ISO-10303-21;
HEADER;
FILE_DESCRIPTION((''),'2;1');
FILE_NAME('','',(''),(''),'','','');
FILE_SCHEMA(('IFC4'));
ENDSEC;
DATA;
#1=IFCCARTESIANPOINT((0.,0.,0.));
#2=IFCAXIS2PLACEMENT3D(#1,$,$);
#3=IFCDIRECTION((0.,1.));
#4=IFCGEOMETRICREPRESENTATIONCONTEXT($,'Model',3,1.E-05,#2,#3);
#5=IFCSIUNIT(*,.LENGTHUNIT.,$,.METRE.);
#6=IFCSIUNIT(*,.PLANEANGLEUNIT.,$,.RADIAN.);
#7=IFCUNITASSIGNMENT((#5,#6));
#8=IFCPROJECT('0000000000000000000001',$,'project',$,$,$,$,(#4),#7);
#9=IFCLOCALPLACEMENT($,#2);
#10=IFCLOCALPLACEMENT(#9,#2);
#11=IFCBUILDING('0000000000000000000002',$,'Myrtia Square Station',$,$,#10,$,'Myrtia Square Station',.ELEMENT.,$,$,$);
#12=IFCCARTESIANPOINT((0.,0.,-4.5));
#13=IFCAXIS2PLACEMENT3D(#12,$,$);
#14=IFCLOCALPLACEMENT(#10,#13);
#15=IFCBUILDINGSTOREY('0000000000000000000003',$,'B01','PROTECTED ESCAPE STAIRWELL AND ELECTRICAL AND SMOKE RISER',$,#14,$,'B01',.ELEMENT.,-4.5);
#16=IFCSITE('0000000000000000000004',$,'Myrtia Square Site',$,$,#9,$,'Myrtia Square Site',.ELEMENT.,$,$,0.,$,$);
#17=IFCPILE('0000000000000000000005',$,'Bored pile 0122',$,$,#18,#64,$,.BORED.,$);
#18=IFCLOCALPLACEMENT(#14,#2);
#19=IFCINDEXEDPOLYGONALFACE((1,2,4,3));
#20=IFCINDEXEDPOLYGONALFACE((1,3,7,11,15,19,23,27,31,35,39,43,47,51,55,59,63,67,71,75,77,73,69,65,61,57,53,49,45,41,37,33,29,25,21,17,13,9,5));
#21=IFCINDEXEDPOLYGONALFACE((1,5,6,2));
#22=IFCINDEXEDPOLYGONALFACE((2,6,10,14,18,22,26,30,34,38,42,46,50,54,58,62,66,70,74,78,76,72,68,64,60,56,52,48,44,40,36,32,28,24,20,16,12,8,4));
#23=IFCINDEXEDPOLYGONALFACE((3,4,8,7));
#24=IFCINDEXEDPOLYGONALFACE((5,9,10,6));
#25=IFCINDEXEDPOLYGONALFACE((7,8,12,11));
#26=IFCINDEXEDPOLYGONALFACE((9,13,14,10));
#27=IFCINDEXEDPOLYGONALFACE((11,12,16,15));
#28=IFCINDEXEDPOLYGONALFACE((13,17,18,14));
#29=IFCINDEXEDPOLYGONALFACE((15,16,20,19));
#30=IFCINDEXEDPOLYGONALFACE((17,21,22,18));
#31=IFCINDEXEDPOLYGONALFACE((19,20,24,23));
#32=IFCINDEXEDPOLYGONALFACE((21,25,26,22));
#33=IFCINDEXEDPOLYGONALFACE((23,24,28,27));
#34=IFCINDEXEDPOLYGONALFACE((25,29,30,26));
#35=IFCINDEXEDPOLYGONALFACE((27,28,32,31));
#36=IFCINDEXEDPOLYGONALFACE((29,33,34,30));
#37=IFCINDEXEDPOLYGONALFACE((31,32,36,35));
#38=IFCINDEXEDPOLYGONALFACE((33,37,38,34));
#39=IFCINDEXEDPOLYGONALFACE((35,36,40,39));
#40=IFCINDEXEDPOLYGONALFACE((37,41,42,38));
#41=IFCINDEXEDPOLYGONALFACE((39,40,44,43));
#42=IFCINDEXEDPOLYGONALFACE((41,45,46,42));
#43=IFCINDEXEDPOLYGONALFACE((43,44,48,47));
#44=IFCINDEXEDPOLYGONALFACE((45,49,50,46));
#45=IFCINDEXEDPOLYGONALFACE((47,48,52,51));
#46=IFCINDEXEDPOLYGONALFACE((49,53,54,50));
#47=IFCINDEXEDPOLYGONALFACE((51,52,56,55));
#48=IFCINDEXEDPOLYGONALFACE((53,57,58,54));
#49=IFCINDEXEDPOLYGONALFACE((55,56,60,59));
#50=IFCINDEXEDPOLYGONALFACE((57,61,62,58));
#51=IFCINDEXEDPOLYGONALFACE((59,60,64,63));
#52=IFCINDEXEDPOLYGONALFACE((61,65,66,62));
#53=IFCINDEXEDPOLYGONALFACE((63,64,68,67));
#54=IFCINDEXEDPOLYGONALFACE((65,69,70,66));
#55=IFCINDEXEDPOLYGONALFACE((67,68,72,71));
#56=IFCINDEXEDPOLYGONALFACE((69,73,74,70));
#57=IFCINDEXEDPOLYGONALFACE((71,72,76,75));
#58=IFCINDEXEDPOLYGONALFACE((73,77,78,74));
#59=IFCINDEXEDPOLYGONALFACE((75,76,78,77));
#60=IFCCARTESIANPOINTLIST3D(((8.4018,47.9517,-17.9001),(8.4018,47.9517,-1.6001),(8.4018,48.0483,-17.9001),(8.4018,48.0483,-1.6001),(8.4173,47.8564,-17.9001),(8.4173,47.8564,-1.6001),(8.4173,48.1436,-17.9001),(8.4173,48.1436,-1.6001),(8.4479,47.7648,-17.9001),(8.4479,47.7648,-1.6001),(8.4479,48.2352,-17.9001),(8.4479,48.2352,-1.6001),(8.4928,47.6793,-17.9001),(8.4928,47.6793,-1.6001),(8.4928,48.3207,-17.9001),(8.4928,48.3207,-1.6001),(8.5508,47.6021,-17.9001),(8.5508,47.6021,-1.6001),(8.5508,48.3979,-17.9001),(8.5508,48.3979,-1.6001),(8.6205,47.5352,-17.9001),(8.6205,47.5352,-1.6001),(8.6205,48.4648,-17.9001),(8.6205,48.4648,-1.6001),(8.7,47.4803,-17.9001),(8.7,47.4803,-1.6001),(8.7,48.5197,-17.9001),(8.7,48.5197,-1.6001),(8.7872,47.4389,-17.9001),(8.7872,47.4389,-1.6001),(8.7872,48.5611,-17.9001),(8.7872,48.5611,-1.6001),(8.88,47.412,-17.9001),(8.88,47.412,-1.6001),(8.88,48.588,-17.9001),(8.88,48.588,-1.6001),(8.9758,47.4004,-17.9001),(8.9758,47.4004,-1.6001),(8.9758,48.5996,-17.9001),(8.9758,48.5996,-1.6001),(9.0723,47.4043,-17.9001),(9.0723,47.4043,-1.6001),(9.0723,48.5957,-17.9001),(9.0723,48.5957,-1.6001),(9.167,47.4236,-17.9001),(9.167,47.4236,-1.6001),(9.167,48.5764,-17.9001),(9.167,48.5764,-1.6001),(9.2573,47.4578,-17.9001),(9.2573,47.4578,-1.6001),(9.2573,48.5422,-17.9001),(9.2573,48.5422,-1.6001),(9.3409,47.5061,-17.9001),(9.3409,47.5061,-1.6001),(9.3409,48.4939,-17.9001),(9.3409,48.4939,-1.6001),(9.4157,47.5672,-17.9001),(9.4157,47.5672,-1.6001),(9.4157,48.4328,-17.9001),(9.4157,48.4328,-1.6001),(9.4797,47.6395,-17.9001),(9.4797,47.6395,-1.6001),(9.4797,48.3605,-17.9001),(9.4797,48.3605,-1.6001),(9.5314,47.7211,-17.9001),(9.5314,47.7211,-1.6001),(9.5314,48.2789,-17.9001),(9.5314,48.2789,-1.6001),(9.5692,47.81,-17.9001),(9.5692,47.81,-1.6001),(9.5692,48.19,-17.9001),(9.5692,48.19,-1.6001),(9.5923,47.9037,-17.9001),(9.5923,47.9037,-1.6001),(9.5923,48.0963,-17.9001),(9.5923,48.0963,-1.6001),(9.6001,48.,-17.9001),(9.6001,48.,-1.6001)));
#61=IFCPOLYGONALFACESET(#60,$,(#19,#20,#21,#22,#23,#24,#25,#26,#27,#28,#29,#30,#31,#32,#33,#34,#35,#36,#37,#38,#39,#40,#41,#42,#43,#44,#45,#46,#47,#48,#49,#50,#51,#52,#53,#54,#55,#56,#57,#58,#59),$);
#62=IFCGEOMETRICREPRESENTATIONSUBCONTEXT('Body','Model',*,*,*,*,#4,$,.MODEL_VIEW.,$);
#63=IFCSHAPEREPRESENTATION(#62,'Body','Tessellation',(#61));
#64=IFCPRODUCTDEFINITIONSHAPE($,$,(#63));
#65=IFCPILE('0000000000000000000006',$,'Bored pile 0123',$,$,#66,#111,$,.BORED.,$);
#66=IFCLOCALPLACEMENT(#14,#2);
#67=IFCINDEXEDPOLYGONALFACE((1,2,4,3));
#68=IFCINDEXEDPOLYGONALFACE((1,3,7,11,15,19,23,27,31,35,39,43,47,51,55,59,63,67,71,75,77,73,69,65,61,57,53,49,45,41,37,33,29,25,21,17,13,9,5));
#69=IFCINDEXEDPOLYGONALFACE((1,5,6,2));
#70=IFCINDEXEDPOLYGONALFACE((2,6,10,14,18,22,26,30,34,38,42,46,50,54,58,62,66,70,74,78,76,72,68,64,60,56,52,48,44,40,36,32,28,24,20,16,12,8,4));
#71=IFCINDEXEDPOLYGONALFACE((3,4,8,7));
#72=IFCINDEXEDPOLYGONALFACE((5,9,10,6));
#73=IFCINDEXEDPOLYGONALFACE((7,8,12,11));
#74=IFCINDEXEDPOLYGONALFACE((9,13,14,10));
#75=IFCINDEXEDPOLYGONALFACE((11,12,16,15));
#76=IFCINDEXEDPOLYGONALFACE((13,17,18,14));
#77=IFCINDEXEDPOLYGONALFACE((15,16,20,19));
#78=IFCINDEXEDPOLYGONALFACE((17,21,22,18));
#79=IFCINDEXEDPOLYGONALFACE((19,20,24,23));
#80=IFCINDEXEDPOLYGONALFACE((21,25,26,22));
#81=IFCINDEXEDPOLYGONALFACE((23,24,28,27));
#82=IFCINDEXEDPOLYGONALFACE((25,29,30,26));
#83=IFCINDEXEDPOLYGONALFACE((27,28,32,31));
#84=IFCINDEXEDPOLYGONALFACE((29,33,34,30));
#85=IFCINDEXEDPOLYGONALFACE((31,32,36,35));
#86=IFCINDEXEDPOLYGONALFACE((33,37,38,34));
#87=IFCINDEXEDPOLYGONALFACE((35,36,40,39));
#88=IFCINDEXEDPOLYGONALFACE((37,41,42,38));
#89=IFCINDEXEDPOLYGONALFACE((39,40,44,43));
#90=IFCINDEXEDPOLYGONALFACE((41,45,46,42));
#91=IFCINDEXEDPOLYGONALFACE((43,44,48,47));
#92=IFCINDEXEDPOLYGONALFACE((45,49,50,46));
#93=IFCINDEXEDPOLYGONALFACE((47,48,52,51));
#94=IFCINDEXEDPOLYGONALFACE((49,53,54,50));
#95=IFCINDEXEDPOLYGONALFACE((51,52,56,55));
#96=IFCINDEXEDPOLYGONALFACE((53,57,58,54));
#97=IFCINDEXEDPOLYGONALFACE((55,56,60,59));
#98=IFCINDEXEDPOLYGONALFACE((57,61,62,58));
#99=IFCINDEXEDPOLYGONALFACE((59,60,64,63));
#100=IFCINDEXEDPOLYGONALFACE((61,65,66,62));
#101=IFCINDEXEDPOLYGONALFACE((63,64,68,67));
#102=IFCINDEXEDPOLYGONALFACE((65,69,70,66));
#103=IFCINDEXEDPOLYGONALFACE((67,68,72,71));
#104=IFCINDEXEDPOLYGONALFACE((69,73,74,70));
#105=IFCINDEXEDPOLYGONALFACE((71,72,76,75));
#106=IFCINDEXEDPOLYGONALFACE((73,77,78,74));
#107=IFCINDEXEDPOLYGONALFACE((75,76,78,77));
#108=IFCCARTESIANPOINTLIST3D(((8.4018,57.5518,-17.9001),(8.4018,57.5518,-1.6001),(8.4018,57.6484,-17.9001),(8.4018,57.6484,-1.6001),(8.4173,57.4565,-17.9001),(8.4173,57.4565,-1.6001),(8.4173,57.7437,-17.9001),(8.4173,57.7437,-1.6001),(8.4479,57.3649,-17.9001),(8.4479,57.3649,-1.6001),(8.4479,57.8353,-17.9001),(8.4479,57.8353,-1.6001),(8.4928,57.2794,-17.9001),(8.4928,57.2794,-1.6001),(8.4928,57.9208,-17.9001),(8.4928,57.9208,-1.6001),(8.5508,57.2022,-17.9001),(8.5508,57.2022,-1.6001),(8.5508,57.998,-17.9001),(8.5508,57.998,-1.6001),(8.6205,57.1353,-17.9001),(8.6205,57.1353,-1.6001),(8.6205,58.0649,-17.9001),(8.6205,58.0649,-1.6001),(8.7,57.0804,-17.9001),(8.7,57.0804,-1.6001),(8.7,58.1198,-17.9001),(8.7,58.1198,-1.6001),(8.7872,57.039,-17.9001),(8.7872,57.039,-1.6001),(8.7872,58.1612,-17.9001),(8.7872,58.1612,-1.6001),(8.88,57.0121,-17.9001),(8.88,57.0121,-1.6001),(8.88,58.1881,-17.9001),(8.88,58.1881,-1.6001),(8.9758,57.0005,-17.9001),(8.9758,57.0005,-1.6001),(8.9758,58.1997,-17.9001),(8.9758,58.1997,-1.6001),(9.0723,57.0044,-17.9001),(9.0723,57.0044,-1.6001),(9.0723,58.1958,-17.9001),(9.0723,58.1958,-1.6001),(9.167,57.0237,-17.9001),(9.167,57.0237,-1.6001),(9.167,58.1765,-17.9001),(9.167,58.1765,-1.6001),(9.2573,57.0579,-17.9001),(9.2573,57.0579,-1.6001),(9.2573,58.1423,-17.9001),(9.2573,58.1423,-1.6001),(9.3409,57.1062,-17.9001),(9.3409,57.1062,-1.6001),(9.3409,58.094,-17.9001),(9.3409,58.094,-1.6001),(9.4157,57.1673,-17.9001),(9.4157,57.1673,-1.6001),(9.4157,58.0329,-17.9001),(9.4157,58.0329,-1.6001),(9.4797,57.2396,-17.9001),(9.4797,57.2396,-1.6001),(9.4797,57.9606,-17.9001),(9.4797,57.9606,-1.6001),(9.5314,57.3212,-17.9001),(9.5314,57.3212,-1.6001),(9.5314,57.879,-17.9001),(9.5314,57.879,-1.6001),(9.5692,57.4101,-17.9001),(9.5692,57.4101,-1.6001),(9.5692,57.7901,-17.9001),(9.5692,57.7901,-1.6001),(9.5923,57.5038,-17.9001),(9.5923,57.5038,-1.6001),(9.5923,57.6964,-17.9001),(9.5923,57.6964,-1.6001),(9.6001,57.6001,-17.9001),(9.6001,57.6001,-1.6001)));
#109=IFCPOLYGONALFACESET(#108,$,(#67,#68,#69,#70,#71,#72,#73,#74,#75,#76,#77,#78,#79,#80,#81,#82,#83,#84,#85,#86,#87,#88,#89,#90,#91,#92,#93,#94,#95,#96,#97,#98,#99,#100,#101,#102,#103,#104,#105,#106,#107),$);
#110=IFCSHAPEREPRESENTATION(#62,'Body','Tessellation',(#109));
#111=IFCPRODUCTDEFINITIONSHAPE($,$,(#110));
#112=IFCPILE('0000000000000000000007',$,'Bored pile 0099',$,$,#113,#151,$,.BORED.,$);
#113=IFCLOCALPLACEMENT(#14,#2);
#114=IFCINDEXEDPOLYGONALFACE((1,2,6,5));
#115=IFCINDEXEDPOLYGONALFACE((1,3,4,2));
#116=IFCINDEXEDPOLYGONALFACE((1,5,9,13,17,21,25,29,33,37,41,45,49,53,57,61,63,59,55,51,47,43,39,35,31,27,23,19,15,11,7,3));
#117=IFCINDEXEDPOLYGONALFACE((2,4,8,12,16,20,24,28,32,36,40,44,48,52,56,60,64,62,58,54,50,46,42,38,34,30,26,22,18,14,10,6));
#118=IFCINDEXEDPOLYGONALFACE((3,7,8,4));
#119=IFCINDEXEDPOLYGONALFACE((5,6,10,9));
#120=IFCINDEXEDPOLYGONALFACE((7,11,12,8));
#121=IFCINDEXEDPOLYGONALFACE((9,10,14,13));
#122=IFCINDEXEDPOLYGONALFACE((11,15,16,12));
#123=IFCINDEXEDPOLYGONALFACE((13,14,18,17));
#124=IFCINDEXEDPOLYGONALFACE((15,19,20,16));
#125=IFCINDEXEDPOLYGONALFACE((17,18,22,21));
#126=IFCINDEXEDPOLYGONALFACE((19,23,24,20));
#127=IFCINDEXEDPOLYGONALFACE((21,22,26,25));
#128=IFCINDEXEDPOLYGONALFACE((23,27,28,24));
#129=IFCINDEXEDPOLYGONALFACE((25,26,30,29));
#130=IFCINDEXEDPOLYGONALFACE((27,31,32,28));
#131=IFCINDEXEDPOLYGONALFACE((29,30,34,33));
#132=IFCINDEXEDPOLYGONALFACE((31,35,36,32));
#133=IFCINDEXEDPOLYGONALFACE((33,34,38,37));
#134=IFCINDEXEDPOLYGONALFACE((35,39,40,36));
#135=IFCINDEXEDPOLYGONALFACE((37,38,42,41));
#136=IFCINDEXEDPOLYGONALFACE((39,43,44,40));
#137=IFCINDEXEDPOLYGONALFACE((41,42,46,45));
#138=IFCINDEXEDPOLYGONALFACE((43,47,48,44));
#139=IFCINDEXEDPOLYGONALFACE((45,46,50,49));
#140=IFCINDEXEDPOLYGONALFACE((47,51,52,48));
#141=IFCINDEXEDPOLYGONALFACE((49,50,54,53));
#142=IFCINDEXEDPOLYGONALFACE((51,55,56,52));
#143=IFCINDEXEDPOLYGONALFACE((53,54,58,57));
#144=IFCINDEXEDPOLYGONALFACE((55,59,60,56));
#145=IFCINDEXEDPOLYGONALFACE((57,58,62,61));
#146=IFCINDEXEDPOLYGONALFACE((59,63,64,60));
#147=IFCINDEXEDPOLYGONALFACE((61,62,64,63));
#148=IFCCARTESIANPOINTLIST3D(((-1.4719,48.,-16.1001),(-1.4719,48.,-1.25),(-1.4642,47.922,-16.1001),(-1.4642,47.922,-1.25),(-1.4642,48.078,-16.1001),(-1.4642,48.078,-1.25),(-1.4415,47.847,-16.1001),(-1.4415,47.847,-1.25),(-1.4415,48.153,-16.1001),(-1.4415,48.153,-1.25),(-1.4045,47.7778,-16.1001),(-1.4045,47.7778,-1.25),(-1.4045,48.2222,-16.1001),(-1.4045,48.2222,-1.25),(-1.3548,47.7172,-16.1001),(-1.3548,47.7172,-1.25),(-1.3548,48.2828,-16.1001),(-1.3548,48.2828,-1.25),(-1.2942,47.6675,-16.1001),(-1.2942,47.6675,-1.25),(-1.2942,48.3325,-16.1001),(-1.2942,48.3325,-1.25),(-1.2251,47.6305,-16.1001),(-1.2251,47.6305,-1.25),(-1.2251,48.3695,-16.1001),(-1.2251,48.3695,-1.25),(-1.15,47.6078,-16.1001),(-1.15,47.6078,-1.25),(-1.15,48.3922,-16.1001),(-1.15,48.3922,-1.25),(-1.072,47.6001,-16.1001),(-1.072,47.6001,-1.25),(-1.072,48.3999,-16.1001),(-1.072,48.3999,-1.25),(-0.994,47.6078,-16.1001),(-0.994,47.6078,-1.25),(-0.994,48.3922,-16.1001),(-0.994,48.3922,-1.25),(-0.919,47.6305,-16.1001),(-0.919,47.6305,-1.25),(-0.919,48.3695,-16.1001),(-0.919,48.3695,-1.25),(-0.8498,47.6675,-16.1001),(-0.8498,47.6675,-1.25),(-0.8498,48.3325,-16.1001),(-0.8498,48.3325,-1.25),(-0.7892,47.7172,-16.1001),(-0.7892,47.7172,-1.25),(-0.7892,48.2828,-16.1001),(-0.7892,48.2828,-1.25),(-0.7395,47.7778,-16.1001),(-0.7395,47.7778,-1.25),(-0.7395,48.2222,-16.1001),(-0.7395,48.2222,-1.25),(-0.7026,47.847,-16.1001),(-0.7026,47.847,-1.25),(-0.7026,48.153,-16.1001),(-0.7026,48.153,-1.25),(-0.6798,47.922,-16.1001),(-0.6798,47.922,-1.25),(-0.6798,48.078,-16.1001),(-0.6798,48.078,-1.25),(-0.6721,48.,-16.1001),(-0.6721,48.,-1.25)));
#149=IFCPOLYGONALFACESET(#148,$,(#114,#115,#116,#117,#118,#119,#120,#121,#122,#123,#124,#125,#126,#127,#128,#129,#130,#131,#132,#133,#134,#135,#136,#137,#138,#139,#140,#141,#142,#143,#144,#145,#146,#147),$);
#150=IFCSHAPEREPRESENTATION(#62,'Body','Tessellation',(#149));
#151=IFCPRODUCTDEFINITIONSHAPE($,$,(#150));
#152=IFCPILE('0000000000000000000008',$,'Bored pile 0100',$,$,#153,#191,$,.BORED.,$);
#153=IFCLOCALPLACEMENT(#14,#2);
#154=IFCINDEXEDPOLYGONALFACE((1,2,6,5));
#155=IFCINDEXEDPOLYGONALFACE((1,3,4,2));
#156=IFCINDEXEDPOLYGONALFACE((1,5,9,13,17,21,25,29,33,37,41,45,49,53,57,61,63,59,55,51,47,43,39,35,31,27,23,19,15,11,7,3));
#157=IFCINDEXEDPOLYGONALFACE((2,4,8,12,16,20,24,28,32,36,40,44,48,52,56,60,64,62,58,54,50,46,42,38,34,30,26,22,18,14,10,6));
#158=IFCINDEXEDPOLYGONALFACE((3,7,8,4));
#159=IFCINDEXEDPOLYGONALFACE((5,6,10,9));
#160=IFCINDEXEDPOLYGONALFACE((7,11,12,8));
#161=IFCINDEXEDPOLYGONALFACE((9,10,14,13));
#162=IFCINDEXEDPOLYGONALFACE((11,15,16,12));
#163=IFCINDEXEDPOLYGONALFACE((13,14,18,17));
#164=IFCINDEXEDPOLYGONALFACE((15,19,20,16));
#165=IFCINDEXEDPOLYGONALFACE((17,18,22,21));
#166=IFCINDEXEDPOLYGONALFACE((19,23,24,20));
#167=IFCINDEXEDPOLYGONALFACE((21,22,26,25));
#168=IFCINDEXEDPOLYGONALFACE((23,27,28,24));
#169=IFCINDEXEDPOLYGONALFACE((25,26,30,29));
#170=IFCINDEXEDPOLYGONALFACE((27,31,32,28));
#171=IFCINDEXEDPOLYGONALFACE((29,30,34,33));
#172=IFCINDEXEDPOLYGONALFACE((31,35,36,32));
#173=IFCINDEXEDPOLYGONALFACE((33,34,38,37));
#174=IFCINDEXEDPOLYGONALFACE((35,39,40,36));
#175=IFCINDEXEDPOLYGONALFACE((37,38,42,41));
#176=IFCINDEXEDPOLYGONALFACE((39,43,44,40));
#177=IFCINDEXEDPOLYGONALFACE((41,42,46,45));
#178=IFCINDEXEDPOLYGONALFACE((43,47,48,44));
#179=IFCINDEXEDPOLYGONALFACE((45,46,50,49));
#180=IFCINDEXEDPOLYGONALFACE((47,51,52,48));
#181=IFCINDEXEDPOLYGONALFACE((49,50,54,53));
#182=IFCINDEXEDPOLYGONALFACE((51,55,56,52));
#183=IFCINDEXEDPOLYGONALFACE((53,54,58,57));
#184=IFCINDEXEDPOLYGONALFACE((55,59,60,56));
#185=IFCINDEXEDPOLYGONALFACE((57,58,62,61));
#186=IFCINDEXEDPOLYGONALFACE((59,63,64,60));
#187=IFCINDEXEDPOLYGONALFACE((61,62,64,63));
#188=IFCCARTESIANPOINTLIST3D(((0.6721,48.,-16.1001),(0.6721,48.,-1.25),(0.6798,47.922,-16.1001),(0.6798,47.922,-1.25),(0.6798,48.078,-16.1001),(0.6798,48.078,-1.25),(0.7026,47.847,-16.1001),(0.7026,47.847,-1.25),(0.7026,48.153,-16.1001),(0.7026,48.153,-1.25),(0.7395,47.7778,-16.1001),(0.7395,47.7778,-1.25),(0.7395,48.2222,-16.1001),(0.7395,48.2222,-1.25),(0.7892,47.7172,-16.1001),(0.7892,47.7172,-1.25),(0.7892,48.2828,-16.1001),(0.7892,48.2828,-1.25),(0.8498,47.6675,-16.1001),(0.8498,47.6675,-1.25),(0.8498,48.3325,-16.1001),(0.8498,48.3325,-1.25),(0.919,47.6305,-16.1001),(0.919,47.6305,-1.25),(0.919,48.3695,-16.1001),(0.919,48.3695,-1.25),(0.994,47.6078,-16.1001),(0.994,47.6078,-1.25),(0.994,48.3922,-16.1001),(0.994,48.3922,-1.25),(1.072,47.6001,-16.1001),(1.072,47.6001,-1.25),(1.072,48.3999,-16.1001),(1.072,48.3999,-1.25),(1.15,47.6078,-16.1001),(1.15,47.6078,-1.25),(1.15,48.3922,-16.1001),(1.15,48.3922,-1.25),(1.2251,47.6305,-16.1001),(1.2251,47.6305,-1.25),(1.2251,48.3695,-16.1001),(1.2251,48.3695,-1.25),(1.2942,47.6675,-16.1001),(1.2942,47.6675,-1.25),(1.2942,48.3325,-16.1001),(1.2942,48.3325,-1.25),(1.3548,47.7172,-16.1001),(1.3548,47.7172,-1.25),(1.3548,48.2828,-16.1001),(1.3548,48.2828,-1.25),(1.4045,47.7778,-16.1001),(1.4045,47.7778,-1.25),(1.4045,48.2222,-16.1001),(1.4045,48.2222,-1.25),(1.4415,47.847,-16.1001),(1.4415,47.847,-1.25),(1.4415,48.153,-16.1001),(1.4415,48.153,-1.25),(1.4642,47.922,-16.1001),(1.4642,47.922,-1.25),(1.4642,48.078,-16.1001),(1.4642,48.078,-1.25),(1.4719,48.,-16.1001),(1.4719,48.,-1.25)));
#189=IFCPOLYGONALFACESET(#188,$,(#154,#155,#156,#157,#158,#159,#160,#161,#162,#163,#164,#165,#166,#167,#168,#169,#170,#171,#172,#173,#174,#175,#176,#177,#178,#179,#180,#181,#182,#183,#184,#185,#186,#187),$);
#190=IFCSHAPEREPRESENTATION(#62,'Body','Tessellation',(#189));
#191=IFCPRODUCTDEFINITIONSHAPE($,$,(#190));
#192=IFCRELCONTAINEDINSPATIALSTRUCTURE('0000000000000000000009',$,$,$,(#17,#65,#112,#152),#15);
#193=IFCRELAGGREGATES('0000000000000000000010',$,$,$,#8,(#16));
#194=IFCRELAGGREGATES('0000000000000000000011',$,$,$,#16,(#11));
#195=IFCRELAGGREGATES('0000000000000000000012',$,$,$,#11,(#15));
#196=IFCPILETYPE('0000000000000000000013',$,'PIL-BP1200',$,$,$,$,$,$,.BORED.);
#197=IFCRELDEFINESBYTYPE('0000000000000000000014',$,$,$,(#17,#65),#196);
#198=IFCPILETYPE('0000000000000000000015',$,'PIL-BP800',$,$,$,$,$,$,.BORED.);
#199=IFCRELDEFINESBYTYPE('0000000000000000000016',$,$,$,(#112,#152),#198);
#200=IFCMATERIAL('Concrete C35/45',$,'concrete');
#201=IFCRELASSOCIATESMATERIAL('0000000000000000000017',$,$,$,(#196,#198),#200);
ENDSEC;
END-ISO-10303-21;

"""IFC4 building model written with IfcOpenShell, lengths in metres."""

from ifc_helpers import new_model, si_unit, direction, frame, origin, origin_2d, place, context, subcontext, project, spatial, circle, extrude, material, material_profile, profile_set, type_object, element, save


model = new_model("IFC4")

# Units and contexts
model_context = context("Model", 3, precision=1e-05, world=origin(), true_north=direction((0.0, 1.0)))
body_context = subcontext(model_context, "Body", "Model", "MODEL_VIEW")
ifc_project = project(units=[si_unit("LENGTHUNIT", "METRE"), si_unit("PLANEANGLEUNIT", "RADIAN")], contexts=[model_context])

# Site, building, storey
site_placement = place(None, origin())
site = spatial("IfcSite", under=ifc_project, at=site_placement, Name="Myrtia Square Site", LongName="Myrtia Square Site", CompositionType="ELEMENT", RefElevation=0.0)
building_placement = place(site_placement, origin())
building = spatial("IfcBuilding", under=site, at=building_placement, Name="Myrtia Square Station", LongName="Myrtia Square Station", CompositionType="ELEMENT")
storey_placement = place(building_placement, frame((0.0, 0.0, -4.5)))
storey = spatial("IfcBuildingStorey", under=building, at=storey_placement, Name="B01", Description="PROTECTED ESCAPE STAIRWELL AND ELECTRICAL AND SMOKE RISER", LongName="B01", CompositionType="ELEMENT", Elevation=-4.5)

# Shared definitions
ifc_material_1 = material(Name="Concrete C35/45", Category="concrete")

# Piles
ifc_material_profile_1 = material_profile(ifc_material_1, circle(Radius=0.6001, at=origin_2d()), Name="BP D1200")
ifc_profile_set_1 = profile_set([ifc_material_profile_1], Name="Concrete C35/45")
pile_type_1 = type_object("IfcPileType", Name="PIL-BP1200", PredefinedType="BORED", material=ifc_profile_set_1)
for number, where, z_axis, x_axis, name in (
    (1, (9.0, 48.0, -1.6001), (0.0, 0.0, -1.0), (1.0, 0.0, 0.0), "Bored pile 0122"),
    (2, (9.0, 57.6001, -1.6001), (0.0, 0.0, -1.0), (1.0, 0.0, 0.0), "Bored pile 0123"),
):
    element("IfcPile", number, at=place(storey_placement, frame(where, z_axis=z_axis, x_axis=x_axis)), inside=storey, type_object=pile_type_1, Name=name, PredefinedType="BORED", context=body_context, shape_type="SweptSolid", body=[
        extrude(circle(Radius=0.6001, at=origin_2d()), origin(), (0.0, 0.0, 1.0), 16.3),
    ])
ifc_material_profile_2 = material_profile(ifc_material_1, circle(Radius=0.3999, at=origin_2d()), Name="BP D800")
ifc_profile_set_2 = profile_set([ifc_material_profile_2], Name="Concrete C35/45")
pile_type_2 = type_object("IfcPileType", Name="PIL-BP800", PredefinedType="BORED", material=ifc_profile_set_2)
for number, where, z_axis, x_axis, name in (
    (3, (-1.072, 48.0, -1.25), (0.0, 0.0, -1.0), (1.0, 0.0, 0.0), "Bored pile 0099"),
    (4, (1.072, 48.0, -1.25), (0.0, 0.0, -1.0), (1.0, 0.0, 0.0), "Bored pile 0100"),
):
    element("IfcPile", number, at=place(storey_placement, frame(where, z_axis=z_axis, x_axis=x_axis)), inside=storey, type_object=pile_type_2, Name=name, PredefinedType="BORED", context=body_context, shape_type="SweptSolid", body=[
        extrude(circle(Radius=0.3999, at=origin_2d()), origin(), (0.0, 0.0, 1.0), 14.8501),
    ])

save(model, "model.ifc")
